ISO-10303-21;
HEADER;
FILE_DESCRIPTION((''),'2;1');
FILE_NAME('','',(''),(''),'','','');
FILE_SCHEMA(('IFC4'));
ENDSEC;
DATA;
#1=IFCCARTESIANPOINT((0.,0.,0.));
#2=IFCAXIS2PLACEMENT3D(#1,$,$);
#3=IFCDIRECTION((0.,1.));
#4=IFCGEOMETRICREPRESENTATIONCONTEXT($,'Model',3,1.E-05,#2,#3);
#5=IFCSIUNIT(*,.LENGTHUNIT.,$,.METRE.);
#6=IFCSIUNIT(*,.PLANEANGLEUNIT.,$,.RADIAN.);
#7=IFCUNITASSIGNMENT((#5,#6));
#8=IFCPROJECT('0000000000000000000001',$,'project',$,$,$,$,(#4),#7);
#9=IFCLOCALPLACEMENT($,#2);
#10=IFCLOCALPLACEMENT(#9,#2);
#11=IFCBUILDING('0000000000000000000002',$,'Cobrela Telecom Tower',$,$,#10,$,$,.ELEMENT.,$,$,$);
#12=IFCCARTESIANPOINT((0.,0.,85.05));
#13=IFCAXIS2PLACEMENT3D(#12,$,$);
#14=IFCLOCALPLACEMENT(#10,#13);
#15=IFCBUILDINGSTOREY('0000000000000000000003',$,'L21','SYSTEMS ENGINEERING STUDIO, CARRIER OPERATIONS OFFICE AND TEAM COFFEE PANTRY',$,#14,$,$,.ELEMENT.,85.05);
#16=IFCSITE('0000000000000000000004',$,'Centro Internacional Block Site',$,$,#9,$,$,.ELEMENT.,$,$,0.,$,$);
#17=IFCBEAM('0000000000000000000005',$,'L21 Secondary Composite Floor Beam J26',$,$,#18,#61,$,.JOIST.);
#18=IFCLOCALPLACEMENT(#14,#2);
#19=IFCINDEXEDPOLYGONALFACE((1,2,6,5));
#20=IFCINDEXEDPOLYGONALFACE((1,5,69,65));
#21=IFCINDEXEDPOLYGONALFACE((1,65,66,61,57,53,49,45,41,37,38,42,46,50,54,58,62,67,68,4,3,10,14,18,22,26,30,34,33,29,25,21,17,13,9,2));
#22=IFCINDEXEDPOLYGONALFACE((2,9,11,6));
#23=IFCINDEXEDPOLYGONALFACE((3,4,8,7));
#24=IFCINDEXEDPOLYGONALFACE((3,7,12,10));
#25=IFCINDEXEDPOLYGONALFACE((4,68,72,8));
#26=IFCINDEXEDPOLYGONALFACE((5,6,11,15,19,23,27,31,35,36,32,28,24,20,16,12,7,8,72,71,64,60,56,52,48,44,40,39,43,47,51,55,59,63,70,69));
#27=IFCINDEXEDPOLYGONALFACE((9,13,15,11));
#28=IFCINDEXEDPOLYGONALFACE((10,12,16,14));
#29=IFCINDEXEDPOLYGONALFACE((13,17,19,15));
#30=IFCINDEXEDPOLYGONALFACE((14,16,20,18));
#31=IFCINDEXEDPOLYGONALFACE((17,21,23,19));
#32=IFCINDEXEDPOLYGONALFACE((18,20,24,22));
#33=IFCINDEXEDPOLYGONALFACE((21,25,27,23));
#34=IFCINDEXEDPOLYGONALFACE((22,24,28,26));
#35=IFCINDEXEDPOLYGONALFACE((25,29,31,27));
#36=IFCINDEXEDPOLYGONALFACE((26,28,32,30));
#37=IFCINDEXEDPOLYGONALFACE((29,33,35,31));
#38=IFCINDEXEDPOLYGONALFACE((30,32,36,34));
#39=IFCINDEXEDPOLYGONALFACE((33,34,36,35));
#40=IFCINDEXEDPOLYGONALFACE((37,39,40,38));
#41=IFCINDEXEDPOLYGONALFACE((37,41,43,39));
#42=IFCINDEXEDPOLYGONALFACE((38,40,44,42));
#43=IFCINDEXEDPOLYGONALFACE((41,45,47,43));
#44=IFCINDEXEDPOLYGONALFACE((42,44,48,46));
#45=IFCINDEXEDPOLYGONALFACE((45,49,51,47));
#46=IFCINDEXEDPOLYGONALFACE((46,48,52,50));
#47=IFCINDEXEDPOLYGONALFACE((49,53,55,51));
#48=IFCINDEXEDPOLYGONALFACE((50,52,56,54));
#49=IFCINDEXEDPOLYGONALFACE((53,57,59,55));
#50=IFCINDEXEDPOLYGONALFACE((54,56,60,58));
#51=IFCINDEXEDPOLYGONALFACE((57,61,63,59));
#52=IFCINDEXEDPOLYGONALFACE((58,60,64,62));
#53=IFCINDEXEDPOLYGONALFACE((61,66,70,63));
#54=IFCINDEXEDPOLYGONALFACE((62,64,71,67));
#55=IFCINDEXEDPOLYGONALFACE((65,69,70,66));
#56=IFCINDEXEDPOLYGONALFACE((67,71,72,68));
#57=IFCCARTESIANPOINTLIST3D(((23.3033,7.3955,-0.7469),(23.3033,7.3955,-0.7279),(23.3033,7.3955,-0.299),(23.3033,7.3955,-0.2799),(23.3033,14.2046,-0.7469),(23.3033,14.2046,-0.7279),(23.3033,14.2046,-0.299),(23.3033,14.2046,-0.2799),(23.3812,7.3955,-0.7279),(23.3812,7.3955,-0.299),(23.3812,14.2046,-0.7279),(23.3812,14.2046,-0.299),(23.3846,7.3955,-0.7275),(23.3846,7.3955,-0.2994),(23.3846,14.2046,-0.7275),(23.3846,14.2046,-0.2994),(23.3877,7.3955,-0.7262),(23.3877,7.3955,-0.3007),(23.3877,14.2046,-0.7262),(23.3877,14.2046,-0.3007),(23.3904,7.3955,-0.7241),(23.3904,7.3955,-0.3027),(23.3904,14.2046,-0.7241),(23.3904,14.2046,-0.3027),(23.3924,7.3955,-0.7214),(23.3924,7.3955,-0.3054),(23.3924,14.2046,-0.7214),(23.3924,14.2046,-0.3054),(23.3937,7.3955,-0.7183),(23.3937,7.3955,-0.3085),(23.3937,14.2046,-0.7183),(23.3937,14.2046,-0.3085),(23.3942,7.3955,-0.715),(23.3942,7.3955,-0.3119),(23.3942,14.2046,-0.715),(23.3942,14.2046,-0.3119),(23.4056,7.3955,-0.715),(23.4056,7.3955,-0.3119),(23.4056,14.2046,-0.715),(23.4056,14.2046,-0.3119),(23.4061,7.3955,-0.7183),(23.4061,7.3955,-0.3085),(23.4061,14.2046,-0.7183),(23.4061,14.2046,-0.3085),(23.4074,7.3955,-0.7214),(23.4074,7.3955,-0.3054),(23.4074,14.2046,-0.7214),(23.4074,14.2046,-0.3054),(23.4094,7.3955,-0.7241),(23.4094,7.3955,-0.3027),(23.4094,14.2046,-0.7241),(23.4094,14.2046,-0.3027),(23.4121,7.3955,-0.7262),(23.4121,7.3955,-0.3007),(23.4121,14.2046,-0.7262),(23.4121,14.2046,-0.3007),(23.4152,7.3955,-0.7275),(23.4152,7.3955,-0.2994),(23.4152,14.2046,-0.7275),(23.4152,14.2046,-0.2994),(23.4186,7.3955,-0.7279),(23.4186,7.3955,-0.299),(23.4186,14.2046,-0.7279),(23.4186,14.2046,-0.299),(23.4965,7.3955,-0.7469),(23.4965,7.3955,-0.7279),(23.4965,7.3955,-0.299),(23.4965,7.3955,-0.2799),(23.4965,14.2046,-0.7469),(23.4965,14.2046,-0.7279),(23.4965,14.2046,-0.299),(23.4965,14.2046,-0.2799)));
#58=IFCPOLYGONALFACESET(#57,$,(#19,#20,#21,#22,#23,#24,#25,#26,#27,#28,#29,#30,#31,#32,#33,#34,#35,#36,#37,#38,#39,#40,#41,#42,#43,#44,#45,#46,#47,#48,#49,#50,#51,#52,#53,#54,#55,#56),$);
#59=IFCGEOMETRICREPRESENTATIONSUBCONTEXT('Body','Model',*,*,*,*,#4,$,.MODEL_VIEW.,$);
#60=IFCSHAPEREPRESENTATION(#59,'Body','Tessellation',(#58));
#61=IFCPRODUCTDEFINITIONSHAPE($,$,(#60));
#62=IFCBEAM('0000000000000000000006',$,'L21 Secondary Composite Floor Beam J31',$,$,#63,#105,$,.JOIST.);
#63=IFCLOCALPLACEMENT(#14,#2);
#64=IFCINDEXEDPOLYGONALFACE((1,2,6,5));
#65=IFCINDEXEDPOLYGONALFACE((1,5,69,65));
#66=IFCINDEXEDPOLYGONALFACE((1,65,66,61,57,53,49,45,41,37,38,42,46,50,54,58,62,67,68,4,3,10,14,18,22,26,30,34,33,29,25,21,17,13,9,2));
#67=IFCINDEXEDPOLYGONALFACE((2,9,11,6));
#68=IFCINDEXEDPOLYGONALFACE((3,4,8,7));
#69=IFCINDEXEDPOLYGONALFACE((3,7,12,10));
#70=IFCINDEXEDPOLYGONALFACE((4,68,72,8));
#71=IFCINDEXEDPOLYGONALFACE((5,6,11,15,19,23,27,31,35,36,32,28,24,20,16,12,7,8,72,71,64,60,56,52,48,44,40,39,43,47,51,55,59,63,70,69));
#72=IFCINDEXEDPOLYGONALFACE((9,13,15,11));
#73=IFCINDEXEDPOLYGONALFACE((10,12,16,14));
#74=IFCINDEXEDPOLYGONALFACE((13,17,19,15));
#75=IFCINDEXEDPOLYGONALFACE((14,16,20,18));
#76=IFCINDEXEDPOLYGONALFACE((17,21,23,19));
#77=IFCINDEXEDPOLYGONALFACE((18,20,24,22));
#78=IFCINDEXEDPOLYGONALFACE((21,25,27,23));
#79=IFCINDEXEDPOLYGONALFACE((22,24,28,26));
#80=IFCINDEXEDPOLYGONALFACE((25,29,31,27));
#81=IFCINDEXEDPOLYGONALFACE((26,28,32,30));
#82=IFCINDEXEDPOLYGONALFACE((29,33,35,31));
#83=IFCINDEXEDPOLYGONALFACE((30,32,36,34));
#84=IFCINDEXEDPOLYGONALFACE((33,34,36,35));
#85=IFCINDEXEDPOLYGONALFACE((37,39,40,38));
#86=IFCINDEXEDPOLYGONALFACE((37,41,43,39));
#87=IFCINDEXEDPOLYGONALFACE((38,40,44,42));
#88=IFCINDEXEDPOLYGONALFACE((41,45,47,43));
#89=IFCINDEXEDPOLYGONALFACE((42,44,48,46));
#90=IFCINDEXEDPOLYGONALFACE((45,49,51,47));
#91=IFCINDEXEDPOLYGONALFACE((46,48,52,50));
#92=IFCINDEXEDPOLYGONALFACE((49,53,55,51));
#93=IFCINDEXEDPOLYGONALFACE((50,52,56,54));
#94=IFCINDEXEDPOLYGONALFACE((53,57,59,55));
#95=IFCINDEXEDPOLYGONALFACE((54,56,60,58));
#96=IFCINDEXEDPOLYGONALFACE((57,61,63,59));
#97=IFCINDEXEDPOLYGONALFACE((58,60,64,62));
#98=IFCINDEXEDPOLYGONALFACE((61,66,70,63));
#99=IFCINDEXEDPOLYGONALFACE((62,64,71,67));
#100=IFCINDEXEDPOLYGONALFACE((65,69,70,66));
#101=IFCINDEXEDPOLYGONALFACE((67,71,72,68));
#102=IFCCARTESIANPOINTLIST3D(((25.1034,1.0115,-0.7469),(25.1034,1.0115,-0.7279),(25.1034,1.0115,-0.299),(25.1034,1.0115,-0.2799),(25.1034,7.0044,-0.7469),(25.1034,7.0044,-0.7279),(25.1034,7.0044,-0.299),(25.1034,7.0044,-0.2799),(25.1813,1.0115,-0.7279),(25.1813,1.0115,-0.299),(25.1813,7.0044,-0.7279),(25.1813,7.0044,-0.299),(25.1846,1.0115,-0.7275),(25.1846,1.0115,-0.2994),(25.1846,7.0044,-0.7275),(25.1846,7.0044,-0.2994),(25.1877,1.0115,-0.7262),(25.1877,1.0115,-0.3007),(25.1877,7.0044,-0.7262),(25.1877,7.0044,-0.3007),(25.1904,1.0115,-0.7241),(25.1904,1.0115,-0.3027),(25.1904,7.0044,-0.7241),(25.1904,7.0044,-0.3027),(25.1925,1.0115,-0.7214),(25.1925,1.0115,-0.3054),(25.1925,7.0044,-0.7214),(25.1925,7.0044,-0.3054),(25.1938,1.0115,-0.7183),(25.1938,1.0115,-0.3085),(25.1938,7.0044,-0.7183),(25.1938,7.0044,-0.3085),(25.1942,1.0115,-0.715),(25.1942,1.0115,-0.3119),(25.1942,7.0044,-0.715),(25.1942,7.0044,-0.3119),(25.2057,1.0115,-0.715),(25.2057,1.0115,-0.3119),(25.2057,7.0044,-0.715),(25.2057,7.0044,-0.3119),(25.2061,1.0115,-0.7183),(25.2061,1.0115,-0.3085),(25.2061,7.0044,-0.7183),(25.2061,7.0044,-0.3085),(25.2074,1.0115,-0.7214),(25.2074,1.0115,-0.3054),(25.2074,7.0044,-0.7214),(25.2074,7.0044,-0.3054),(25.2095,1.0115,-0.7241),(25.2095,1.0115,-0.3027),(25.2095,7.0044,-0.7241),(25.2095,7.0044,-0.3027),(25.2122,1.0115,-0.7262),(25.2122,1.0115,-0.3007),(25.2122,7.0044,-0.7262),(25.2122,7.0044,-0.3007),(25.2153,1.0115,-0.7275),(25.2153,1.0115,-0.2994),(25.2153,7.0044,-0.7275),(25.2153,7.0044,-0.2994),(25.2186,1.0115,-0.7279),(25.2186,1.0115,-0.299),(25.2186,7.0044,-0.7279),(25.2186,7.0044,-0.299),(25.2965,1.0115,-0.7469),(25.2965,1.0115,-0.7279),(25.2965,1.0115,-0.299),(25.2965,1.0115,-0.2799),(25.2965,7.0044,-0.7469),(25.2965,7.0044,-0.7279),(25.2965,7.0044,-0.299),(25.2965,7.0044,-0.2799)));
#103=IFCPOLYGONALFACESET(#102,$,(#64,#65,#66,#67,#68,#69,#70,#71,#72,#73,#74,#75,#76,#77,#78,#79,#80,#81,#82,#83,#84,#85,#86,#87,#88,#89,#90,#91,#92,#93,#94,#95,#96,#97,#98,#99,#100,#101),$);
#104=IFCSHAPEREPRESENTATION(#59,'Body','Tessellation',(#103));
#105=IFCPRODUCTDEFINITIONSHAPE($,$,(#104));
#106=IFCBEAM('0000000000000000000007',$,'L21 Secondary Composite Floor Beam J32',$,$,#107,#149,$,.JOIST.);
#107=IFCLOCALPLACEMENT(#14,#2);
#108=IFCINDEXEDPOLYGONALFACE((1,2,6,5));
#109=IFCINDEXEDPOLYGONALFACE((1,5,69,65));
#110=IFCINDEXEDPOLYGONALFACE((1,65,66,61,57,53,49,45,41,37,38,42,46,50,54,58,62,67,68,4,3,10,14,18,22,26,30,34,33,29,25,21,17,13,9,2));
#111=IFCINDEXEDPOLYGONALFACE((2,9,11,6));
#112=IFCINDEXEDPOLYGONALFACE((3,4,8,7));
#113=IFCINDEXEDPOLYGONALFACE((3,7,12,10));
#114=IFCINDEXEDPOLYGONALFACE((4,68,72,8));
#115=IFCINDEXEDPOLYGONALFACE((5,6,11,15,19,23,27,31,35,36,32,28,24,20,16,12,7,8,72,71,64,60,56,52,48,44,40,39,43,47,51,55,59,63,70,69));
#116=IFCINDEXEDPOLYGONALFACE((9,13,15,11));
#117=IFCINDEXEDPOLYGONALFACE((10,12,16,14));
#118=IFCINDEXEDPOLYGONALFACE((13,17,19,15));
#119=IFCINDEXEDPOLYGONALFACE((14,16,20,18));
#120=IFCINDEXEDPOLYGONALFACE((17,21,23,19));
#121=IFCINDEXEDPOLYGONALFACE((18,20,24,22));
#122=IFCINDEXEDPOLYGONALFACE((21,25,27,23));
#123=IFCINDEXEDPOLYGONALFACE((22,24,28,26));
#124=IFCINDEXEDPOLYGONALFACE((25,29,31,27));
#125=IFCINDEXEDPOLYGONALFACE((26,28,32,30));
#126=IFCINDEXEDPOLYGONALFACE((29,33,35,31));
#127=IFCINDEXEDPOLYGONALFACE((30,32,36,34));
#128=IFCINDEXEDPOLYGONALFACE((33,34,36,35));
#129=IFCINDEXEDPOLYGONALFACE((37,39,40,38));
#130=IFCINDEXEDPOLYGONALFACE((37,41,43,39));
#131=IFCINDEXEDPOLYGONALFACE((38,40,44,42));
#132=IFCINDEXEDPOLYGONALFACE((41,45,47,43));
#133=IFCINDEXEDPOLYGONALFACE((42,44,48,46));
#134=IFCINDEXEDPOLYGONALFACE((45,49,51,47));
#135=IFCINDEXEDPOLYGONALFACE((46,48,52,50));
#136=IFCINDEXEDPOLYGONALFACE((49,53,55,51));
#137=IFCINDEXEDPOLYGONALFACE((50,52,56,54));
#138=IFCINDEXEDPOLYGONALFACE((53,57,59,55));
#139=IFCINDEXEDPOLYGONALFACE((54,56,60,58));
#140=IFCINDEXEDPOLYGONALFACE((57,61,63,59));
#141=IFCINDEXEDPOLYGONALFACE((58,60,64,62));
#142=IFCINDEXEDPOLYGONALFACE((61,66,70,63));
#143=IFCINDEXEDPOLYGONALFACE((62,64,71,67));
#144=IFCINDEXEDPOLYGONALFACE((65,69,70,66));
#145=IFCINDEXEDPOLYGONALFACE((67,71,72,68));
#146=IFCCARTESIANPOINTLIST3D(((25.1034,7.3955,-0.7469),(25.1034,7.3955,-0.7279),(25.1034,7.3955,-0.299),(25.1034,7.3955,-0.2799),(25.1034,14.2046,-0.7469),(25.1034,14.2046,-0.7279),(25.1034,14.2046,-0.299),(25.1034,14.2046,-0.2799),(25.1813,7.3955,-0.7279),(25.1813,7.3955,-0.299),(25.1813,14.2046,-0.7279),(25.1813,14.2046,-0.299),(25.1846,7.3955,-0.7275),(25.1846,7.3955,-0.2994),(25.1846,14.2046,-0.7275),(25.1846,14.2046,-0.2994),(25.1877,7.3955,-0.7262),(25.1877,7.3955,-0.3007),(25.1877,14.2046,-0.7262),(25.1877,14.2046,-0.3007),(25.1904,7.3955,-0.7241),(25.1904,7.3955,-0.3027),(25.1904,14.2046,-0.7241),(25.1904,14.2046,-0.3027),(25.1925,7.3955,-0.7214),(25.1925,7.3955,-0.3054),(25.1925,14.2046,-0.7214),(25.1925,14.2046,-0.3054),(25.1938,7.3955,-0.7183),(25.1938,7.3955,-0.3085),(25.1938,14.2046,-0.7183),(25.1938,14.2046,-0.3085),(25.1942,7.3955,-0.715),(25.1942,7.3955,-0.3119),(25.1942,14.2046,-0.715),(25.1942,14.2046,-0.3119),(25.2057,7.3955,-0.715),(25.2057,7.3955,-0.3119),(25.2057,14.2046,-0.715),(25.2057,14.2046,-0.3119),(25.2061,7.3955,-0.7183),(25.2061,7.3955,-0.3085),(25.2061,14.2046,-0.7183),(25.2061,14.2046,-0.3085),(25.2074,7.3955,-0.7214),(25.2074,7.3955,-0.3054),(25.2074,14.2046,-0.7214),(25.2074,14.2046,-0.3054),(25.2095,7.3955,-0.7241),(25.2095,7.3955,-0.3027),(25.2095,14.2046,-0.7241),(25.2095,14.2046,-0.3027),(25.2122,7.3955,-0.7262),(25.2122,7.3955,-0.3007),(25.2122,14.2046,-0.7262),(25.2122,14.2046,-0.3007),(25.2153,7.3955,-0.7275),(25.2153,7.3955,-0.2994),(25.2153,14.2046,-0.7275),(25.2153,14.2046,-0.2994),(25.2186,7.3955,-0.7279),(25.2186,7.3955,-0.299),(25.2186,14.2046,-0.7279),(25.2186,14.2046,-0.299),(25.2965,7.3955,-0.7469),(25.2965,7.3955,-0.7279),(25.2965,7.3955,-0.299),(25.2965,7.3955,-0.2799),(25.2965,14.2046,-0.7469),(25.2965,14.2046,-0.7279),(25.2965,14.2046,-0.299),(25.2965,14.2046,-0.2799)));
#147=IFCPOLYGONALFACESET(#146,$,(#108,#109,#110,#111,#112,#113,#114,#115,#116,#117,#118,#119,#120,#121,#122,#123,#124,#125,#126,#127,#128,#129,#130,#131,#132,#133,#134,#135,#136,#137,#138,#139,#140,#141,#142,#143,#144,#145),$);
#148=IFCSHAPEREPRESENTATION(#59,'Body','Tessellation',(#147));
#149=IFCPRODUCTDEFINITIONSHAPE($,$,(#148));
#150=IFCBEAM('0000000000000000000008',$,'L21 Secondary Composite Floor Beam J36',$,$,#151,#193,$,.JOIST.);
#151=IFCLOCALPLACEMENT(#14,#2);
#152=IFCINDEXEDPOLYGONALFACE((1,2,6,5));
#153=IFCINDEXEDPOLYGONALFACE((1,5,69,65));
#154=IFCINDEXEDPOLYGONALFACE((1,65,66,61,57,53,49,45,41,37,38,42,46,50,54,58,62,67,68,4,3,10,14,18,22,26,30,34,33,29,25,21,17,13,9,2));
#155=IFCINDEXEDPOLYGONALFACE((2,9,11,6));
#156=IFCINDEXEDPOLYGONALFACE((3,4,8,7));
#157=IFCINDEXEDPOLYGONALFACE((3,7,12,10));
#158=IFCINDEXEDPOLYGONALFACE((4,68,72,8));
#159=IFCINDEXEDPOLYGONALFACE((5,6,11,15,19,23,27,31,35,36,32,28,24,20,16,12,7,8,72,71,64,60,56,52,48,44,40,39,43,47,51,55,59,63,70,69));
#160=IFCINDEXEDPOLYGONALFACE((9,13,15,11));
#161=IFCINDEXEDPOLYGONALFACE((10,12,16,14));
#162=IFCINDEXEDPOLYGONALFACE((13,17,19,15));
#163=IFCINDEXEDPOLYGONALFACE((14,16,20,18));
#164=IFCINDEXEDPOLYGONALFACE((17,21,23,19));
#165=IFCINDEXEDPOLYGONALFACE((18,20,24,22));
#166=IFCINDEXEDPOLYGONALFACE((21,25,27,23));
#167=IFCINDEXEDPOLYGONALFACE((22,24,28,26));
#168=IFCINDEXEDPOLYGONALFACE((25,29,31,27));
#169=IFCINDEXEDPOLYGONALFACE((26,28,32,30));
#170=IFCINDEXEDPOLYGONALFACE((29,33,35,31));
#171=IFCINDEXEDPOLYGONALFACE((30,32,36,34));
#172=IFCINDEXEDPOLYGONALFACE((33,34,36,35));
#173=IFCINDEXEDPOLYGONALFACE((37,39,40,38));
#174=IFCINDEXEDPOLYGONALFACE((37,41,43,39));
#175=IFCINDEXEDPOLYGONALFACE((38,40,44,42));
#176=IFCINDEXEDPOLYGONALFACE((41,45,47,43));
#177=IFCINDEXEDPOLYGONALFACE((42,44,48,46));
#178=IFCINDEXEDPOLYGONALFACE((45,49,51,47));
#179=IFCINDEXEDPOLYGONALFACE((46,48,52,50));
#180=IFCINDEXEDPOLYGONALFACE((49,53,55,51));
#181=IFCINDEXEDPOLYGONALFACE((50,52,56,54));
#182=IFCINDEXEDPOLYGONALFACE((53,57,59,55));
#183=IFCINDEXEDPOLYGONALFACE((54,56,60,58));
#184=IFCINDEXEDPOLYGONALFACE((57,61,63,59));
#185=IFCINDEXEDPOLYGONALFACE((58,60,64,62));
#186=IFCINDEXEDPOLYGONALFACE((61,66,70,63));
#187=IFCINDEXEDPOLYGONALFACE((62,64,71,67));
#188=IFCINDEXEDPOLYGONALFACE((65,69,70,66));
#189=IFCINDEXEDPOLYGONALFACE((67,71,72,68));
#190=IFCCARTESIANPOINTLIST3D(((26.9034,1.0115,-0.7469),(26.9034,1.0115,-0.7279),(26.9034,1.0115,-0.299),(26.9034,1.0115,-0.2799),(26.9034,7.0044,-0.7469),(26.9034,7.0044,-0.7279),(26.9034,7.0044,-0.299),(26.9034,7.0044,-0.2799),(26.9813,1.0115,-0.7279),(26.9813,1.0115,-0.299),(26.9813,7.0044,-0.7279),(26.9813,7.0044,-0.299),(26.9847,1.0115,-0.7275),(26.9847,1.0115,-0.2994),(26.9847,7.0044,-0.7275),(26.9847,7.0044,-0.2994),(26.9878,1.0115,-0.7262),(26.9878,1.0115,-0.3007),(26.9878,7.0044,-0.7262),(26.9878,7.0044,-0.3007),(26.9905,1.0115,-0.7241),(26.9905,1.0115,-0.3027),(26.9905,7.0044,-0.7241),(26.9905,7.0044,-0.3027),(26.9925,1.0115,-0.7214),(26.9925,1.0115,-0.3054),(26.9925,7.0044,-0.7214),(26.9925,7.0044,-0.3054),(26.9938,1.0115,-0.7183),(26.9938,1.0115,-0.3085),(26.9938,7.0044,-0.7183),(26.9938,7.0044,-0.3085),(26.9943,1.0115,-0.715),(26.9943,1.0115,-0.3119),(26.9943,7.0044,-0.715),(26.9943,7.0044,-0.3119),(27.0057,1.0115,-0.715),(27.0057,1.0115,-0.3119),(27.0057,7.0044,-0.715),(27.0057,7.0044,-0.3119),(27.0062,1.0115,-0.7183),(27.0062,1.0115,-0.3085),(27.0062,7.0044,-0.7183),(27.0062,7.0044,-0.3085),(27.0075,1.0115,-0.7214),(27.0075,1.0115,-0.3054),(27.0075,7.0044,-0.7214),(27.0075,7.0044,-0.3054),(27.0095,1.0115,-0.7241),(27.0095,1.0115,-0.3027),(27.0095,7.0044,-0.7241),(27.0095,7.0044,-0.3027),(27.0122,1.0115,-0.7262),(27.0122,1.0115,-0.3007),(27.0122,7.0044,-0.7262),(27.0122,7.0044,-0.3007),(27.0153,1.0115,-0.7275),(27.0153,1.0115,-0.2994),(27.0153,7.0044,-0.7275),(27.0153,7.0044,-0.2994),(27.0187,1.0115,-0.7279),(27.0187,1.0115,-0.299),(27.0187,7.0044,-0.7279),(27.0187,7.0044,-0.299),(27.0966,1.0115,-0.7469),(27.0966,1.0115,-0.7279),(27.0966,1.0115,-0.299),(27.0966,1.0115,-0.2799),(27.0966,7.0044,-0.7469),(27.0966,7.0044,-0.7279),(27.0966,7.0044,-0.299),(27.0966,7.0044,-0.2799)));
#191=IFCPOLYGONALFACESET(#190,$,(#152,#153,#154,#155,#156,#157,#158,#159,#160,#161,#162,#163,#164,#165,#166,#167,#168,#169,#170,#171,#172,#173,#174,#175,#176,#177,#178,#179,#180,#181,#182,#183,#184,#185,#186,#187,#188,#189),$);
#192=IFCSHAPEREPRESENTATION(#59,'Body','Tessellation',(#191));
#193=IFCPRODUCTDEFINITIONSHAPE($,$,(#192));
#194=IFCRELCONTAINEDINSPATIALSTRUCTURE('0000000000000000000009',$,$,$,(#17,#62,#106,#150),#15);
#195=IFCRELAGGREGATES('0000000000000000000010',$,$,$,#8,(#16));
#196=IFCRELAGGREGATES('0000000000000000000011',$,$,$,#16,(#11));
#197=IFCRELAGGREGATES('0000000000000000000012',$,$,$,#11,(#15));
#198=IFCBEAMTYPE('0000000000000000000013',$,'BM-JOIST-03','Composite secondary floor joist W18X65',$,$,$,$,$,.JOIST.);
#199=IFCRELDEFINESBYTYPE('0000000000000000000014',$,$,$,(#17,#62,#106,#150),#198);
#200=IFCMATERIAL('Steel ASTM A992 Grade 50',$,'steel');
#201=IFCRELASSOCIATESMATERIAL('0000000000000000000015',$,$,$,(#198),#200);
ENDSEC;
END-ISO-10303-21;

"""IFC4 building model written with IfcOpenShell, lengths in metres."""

from ifc_helpers import new_model, si_unit, direction, frame, origin, origin_2d, place, context, subcontext, project, spatial, i_section, extrude, material, material_profile, profile_set, type_object, element, save


model = new_model("IFC4")

# Units and contexts
model_context = context("Model", 3, precision=1e-05, world=origin(), true_north=direction((0.0, 1.0)))
body_context = subcontext(model_context, "Body", "Model", "MODEL_VIEW")
ifc_project = project(units=[si_unit("LENGTHUNIT", "METRE"), si_unit("PLANEANGLEUNIT", "RADIAN")], contexts=[model_context])

# Site, building, storey
site_placement = place(None, origin())
site = spatial("IfcSite", under=ifc_project, at=site_placement, Name="Centro Internacional Block Site", CompositionType="ELEMENT", RefElevation=0.0)
building_placement = place(site_placement, origin())
building = spatial("IfcBuilding", under=site, at=building_placement, Name="Cobrela Telecom Tower", CompositionType="ELEMENT")
storey_placement = place(building_placement, frame((0.0, 0.0, 85.05)))
storey = spatial("IfcBuildingStorey", under=building, at=storey_placement, Name="L21", Description="SYSTEMS ENGINEERING STUDIO, CARRIER OPERATIONS OFFICE AND TEAM COFFEE PANTRY", CompositionType="ELEMENT", Elevation=85.05)

# Shared definitions
ifc_material_1 = material(Name="Steel ASTM A992 Grade 50", Category="steel")

# Beams
ifc_material_profile_1 = material_profile(ifc_material_1, i_section(OverallWidth=0.1931, OverallDepth=0.467, WebThickness=0.0115, FlangeThickness=0.019, FilletRadius=0.0129, at=origin_2d()), Name="W18X65")
ifc_profile_set_1 = profile_set([ifc_material_profile_1], Name="Steel ASTM A992 Grade 50")
beam_type_1 = type_object("IfcBeamType", Name="BM-JOIST-03", Description="Composite secondary floor joist W18X65", PredefinedType="JOIST", material=ifc_profile_set_1)
beam_1_placement = place(storey_placement, frame((23.3999, 7.3955, -0.5134), z_axis=(0.0, 1.0, 0.0), x_axis=(-1.0, 0.0, 0.0)))
element("IfcBeam", 1, at=beam_1_placement, inside=storey, type_object=beam_type_1, Name="L21 Secondary Composite Floor Beam J26", PredefinedType="JOIST", context=body_context, shape_type="SweptSolid", body=[
    extrude(i_section(OverallWidth=0.1931, OverallDepth=0.467, WebThickness=0.0115, FlangeThickness=0.019, FilletRadius=0.0129, at=origin_2d()), origin(), (0.0, 0.0, 1.0), 6.8091),
])
beam_2_placement = place(storey_placement, frame((25.2, 1.0115, -0.5134), z_axis=(0.0, 1.0, 0.0), x_axis=(-1.0, 0.0, 0.0)))
element("IfcBeam", 2, at=beam_2_placement, inside=storey, type_object=beam_type_1, Name="L21 Secondary Composite Floor Beam J31", PredefinedType="JOIST", context=body_context, shape_type="SweptSolid", body=[
    extrude(i_section(OverallWidth=0.1931, OverallDepth=0.467, WebThickness=0.0115, FlangeThickness=0.019, FilletRadius=0.0129, at=origin_2d()), origin(), (0.0, 0.0, 1.0), 5.9929),
])
beam_3_placement = place(storey_placement, frame((25.2, 7.3955, -0.5134), z_axis=(0.0, 1.0, 0.0), x_axis=(-1.0, 0.0, 0.0)))
element("IfcBeam", 3, at=beam_3_placement, inside=storey, type_object=beam_type_1, Name="L21 Secondary Composite Floor Beam J32", PredefinedType="JOIST", context=body_context, shape_type="SweptSolid", body=[
    extrude(i_section(OverallWidth=0.1931, OverallDepth=0.467, WebThickness=0.0115, FlangeThickness=0.019, FilletRadius=0.0129, at=origin_2d()), origin(), (0.0, 0.0, 1.0), 6.8091),
])
beam_4_placement = place(storey_placement, frame((27.0, 1.0115, -0.5134), z_axis=(0.0, 1.0, 0.0), x_axis=(-1.0, 0.0, 0.0)))
element("IfcBeam", 4, at=beam_4_placement, inside=storey, type_object=beam_type_1, Name="L21 Secondary Composite Floor Beam J36", PredefinedType="JOIST", context=body_context, shape_type="SweptSolid", body=[
    extrude(i_section(OverallWidth=0.1931, OverallDepth=0.467, WebThickness=0.0115, FlangeThickness=0.019, FilletRadius=0.0129, at=origin_2d()), origin(), (0.0, 0.0, 1.0), 5.9929),
])

save(model, "model.ifc")
